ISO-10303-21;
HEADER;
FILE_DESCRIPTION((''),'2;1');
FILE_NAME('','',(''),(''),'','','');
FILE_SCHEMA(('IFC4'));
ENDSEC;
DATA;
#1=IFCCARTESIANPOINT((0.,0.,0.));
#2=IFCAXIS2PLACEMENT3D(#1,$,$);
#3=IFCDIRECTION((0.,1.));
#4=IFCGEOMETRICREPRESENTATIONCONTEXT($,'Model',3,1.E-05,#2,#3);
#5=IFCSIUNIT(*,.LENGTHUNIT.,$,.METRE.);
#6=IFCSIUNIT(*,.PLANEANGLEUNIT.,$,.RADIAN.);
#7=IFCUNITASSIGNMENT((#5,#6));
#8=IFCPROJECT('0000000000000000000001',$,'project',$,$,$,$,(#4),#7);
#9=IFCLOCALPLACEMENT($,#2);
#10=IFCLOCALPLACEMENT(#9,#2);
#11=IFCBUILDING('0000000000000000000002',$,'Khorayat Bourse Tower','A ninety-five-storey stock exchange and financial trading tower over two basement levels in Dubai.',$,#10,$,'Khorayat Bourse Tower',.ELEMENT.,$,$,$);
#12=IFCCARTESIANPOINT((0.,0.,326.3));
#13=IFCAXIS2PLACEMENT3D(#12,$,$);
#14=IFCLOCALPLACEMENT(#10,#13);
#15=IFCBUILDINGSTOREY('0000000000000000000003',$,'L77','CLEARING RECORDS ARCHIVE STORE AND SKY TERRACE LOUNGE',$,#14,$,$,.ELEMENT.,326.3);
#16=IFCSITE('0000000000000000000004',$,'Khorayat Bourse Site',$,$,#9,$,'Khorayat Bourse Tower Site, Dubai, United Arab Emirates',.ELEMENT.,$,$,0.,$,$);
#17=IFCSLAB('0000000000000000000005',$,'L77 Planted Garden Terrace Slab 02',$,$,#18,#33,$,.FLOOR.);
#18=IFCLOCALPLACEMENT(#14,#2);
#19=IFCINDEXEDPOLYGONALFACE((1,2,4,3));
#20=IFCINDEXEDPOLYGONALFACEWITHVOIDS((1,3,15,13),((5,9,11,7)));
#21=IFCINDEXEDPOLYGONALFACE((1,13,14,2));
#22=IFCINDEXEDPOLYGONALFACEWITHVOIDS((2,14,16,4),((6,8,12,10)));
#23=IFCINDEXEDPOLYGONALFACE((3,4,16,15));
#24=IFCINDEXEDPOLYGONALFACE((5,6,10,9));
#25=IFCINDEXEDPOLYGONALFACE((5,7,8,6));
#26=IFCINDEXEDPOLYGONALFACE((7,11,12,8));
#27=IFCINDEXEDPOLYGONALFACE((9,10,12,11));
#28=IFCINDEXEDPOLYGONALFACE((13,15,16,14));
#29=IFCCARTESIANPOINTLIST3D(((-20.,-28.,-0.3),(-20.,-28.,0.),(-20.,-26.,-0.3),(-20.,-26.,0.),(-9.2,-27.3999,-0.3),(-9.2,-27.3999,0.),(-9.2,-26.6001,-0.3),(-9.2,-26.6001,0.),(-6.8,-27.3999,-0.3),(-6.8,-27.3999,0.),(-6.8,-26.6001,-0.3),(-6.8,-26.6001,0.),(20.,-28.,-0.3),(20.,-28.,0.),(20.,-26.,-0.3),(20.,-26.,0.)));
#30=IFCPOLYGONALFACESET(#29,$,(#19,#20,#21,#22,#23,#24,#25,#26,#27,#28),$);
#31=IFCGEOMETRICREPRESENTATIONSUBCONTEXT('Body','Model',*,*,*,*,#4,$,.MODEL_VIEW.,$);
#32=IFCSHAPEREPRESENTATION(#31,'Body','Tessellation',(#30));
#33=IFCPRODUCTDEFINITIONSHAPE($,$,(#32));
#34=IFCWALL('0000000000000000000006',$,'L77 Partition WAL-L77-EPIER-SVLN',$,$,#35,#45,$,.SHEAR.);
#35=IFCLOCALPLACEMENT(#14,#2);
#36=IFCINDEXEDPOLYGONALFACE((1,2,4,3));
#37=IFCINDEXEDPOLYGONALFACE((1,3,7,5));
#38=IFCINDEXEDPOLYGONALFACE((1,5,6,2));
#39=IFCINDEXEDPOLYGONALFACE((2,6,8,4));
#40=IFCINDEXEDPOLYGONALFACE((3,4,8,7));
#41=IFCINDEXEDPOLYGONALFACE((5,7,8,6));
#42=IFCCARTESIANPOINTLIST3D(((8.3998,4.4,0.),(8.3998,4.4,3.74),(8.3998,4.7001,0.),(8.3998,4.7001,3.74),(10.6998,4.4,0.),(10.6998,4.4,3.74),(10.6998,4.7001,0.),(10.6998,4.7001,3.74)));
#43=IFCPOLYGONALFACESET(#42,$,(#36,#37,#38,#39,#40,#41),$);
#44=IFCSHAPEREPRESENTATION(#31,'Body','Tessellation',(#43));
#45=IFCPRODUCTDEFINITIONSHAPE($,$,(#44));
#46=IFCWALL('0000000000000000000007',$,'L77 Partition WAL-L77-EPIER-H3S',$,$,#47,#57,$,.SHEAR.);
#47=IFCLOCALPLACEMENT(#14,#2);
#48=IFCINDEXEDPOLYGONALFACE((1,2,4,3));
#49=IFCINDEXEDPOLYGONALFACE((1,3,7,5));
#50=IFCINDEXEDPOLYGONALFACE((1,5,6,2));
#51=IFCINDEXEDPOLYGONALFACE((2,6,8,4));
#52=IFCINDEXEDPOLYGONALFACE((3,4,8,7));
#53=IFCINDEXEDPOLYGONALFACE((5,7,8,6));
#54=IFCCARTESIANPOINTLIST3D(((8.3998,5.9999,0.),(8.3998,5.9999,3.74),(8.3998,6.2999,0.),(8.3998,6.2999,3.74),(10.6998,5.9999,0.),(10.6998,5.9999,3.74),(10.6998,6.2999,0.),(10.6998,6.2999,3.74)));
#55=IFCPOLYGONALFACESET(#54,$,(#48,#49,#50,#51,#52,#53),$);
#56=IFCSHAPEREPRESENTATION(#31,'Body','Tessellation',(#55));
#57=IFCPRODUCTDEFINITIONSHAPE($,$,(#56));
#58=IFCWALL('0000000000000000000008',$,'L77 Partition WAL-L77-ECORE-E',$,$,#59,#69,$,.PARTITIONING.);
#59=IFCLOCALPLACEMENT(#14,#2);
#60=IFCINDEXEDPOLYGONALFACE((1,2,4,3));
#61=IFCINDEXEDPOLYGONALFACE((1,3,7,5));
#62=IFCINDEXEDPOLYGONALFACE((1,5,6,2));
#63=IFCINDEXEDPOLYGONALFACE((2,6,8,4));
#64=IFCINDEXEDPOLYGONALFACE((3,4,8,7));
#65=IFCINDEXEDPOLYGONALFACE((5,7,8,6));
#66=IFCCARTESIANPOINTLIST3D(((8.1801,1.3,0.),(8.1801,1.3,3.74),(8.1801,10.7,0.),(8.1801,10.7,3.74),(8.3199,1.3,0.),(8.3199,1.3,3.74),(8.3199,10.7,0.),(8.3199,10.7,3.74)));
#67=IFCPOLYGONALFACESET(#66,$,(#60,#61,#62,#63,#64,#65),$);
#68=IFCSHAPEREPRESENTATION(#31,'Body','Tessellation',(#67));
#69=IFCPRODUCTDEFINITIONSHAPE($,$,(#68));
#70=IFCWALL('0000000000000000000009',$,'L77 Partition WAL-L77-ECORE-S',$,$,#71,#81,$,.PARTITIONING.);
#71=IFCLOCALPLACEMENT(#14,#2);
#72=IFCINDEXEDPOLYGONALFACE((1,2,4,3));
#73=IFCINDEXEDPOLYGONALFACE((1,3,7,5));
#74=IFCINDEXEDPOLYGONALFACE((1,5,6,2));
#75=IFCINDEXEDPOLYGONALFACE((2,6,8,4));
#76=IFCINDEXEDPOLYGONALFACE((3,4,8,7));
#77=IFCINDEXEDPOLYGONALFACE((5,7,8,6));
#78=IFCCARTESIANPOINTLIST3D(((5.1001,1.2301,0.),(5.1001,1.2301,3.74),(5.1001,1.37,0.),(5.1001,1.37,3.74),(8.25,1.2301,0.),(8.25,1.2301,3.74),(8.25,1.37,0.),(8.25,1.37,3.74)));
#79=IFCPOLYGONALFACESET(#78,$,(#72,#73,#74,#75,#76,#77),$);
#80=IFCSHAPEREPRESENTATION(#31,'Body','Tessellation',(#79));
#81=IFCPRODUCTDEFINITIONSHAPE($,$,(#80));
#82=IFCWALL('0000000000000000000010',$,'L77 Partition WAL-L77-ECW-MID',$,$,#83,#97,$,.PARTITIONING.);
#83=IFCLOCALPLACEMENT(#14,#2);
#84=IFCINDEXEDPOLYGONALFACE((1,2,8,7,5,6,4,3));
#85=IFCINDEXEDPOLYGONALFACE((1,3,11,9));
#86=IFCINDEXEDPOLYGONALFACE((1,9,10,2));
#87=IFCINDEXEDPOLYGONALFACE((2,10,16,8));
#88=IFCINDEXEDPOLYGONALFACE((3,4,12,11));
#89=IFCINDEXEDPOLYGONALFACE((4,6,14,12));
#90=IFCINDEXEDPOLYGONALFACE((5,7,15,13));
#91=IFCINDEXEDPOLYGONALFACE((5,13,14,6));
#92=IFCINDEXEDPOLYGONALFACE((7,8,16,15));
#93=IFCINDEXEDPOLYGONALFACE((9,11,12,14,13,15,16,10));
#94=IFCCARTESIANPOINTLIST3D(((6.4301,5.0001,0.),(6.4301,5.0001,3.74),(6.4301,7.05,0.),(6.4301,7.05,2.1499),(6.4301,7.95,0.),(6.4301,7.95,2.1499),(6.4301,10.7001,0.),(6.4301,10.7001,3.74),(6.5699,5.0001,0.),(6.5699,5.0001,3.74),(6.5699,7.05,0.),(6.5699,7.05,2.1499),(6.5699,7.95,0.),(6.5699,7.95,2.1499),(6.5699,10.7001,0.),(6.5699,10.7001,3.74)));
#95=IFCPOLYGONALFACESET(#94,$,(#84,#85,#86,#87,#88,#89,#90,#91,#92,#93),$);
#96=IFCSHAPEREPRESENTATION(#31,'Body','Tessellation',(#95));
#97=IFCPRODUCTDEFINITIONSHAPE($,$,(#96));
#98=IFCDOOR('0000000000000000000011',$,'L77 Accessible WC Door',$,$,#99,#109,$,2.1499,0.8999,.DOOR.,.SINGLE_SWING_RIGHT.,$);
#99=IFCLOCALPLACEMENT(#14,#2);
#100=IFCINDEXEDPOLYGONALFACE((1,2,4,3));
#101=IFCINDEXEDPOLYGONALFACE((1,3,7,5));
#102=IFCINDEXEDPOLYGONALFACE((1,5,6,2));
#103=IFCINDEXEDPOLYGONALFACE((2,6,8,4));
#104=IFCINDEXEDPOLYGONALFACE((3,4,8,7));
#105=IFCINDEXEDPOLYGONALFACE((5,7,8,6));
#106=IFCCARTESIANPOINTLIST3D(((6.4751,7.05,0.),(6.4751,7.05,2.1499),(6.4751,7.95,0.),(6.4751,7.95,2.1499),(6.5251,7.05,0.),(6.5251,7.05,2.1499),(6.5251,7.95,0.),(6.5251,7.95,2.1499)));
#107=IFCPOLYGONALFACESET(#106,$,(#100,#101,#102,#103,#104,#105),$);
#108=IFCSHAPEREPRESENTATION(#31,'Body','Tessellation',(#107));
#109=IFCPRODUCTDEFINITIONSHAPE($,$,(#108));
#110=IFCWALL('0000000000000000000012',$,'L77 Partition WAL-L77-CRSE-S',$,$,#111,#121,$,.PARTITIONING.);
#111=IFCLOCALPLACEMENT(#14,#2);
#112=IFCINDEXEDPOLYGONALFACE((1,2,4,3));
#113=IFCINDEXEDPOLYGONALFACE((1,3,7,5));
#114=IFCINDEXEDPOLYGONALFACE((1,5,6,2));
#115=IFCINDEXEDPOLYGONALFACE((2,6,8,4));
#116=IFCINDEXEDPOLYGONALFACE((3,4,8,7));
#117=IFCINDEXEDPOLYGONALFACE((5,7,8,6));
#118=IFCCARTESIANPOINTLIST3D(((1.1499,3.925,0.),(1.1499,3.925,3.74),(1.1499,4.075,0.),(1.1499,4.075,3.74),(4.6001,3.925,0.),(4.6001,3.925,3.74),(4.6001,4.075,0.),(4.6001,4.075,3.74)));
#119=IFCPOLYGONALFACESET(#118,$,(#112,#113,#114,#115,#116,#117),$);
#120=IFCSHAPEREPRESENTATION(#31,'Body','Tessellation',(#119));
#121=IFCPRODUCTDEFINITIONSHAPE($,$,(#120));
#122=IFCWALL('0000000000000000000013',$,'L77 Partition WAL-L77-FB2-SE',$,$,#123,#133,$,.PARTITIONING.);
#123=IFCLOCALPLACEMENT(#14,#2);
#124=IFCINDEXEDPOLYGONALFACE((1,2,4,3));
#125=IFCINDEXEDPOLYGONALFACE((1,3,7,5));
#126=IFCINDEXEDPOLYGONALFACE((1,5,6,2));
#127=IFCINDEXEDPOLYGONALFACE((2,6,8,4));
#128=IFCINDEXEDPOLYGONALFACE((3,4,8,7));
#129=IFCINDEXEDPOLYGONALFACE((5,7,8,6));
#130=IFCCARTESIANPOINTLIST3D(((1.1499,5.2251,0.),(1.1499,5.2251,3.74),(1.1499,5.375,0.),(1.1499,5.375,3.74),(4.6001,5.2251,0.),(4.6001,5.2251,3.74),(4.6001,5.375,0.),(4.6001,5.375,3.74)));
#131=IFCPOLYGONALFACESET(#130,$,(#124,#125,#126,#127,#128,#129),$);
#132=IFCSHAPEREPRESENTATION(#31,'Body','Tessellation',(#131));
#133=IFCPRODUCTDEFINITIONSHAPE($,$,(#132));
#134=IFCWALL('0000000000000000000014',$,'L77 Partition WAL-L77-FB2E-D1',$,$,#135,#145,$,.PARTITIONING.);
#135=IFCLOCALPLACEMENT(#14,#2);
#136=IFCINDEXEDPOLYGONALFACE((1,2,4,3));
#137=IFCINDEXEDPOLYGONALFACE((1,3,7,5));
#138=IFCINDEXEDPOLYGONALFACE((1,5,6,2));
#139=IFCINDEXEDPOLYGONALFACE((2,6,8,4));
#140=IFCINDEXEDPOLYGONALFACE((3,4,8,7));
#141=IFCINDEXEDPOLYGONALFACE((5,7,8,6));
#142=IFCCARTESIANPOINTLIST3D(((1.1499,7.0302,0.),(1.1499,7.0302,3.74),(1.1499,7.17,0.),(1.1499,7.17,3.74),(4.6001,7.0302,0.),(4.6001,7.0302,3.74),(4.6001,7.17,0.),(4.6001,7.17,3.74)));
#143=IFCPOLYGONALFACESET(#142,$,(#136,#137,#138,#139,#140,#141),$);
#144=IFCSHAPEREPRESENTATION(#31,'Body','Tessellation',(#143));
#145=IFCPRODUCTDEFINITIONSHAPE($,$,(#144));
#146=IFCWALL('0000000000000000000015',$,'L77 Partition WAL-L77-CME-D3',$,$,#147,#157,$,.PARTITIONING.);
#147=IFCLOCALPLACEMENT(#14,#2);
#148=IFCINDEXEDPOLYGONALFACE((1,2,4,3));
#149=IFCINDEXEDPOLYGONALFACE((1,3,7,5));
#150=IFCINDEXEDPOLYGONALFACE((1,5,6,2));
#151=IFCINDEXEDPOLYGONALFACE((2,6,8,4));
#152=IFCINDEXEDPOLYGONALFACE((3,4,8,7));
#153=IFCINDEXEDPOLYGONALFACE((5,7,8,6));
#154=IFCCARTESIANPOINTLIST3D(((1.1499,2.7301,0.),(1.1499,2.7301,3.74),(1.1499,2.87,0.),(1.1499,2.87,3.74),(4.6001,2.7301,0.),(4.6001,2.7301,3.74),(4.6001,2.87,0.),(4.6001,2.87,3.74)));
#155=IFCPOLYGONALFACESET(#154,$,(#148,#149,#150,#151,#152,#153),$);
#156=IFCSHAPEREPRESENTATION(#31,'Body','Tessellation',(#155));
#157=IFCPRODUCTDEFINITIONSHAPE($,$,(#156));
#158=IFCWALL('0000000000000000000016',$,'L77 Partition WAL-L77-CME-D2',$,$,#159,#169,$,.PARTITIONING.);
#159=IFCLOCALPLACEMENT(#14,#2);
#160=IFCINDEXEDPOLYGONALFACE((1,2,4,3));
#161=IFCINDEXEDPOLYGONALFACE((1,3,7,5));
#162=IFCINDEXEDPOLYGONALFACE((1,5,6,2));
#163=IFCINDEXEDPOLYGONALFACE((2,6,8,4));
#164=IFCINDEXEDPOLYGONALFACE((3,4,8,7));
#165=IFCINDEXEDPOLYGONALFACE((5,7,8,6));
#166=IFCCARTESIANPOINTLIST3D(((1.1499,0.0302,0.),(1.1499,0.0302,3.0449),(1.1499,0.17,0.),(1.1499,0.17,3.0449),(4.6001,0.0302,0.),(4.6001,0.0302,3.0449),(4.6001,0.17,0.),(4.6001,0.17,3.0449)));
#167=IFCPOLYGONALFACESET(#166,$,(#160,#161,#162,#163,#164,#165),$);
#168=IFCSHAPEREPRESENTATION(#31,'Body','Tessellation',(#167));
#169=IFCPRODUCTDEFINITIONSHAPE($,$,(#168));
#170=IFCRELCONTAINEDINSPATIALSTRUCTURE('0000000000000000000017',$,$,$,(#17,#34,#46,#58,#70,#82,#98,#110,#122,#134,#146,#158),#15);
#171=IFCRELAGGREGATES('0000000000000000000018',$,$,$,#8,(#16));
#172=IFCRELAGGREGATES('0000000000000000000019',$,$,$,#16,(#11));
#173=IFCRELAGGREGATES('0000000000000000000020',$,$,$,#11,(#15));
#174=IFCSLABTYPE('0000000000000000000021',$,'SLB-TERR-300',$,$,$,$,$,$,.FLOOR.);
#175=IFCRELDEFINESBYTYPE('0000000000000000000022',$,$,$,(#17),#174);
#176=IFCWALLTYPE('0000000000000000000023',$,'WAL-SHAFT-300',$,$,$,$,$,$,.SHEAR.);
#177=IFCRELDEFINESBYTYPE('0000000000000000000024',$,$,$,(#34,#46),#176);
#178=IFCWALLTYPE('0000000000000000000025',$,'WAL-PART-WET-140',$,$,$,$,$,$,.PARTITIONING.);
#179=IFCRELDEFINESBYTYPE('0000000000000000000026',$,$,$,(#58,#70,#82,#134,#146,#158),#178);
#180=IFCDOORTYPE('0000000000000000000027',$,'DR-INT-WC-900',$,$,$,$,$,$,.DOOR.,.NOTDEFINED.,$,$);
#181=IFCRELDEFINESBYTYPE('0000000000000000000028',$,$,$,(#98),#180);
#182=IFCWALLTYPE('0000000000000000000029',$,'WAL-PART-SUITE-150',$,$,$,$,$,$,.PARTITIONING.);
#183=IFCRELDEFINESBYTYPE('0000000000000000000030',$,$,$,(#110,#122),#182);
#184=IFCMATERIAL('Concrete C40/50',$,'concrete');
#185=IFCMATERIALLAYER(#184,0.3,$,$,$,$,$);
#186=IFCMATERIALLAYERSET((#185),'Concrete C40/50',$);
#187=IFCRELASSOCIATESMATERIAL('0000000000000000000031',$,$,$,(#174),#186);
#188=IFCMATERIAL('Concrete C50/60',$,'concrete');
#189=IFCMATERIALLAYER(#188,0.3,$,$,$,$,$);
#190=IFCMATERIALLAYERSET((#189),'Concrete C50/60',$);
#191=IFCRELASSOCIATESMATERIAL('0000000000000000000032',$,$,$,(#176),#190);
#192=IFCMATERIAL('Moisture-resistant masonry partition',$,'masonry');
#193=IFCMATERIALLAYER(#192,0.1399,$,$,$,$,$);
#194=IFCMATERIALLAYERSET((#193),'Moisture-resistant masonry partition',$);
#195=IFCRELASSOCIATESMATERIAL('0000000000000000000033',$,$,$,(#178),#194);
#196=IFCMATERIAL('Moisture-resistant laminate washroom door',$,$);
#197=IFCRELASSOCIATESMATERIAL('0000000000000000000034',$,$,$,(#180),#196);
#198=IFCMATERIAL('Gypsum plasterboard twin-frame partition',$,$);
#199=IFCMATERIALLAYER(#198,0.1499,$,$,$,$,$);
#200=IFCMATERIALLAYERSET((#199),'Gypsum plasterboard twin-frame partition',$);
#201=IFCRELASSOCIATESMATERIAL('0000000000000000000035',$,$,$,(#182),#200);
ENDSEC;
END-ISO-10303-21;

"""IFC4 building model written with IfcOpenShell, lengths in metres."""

from ifc_helpers import new_model, si_unit, direction, frame, frame_2d, origin, place, context, subcontext, project, spatial, polyline, rectangle, outline, extrude, source, transform, mapped, material, layer, layer_set, type_object, element, fill, save


model = new_model("IFC4")

# Units and contexts
model_context = context("Model", 3, precision=1e-05, world=origin(), true_north=direction((0.0, 1.0)))
body_context = subcontext(model_context, "Body", "Model", "MODEL_VIEW")
ifc_project = project(units=[si_unit("LENGTHUNIT", "METRE"), si_unit("PLANEANGLEUNIT", "RADIAN")], contexts=[model_context])

# Site, building, storey
site_placement = place(None, origin())
site = spatial("IfcSite", under=ifc_project, at=site_placement, Name="Khorayat Bourse Site", LongName="Khorayat Bourse Tower Site, Dubai, United Arab Emirates", CompositionType="ELEMENT", RefElevation=0.0)
building_placement = place(site_placement, origin())
building = spatial("IfcBuilding", under=site, at=building_placement, Name="Khorayat Bourse Tower", Description="A ninety-five-storey stock exchange and financial trading tower over two basement levels in Dubai.", LongName="Khorayat Bourse Tower", CompositionType="ELEMENT")
storey_placement = place(building_placement, frame((0.0, 0.0, 326.3)))
storey = spatial("IfcBuildingStorey", under=building, at=storey_placement, Name="L77", Description="CLEARING RECORDS ARCHIVE STORE AND SKY TERRACE LOUNGE", CompositionType="ELEMENT", Elevation=326.3)

# Shared definitions
ifc_material_1 = material(Name="Concrete C40/50", Category="concrete")

# Slab
ifc_layer_1 = layer(ifc_material_1, 0.3)
ifc_layer_set_1 = layer_set([ifc_layer_1], Name="Concrete C40/50")
slab_type_1 = type_object("IfcSlabType", Name="SLB-TERR-300", PredefinedType="FLOOR", material=ifc_layer_set_1)
slab_1_placement = place(storey_placement, frame((0.0, 0.0, -0.3)))
element("IfcSlab", 1, at=slab_1_placement, inside=storey, type_object=slab_type_1, Name="L77 Planted Garden Terrace Slab 02", PredefinedType="FLOOR", context=body_context, shape_type="SweptSolid", body=[
    extrude(outline(polyline([(-20.0, -28.0), (20.0, -28.0), (20.0, -26.0), (-20.0, -26.0), (-20.0, -28.0)]), holes=[polyline([(-9.2, -27.3999), (-6.8, -27.3999), (-6.8, -26.6001), (-9.2, -26.6001), (-9.2, -27.3999)])]), origin(), (0.0, 0.0, 1.0), 0.3),
])

# Walls
ifc_material_2 = material(Name="Concrete C50/60", Category="concrete")
ifc_layer_2 = layer(ifc_material_2, 0.3)
ifc_layer_set_2 = layer_set([ifc_layer_2], Name="Concrete C50/60")
wall_type_1 = type_object("IfcWallType", Name="WAL-SHAFT-300", PredefinedType="SHEAR", material=ifc_layer_set_2)
shared_shape_1 = source(origin(), body_context, "Body", "SweptSolid", [
    extrude(rectangle(XDim=2.3, YDim=0.3, at=frame_2d((1.1499, 0.0))), origin(), (0.0, 0.0, 1.0), 3.74),
])
for number, where, z_axis, x_axis, name in (
    (2, (8.3999, 4.55, 0.0), (0.0, 0.0, 1.0), (1.0, 0.0, 0.0), "L77 Partition WAL-L77-EPIER-SVLN"),
    (3, (8.3999, 6.1499, 0.0), (0.0, 0.0, 1.0), (1.0, 0.0, 0.0), "L77 Partition WAL-L77-EPIER-H3S"),
):
    element("IfcWall", number, at=place(storey_placement, frame(where, z_axis=z_axis, x_axis=x_axis)), inside=storey, type_object=wall_type_1, Name=name, PredefinedType="SHEAR", context=body_context, shape_type="MappedRepresentation", body=[
        mapped(shared_shape_1, transform((0.0, 0.0, 0.0), scale=1.0)),
    ])
ifc_material_3 = material(Name="Moisture-resistant masonry partition", Category="masonry")
ifc_layer_3 = layer(ifc_material_3, 0.1399)
ifc_layer_set_3 = layer_set([ifc_layer_3], Name="Moisture-resistant masonry partition")
wall_type_2 = type_object("IfcWallType", Name="WAL-PART-WET-140", PredefinedType="PARTITIONING", material=ifc_layer_set_3)
shared_shape_2 = source(origin(), body_context, "Body", "SweptSolid", [
    extrude(rectangle(XDim=9.3999, YDim=0.1399, at=frame_2d((4.7, 0.0))), origin(), (0.0, 0.0, 1.0), 3.74),
])
wall_1_placement = place(storey_placement, frame((8.25, 1.3, 0.0), z_axis=(0.0, 0.0, 1.0), x_axis=(0.0, 1.0, 0.0)))
element("IfcWall", 4, at=wall_1_placement, inside=storey, type_object=wall_type_2, Name="L77 Partition WAL-L77-ECORE-E", PredefinedType="PARTITIONING", context=body_context, shape_type="MappedRepresentation", body=[
    mapped(shared_shape_2, transform((0.0, 0.0, 0.0), scale=1.0)),
])
shared_shape_3 = source(origin(), body_context, "Body", "SweptSolid", [
    extrude(rectangle(XDim=3.1499, YDim=0.1399, at=frame_2d((1.575, 0.0))), origin(), (0.0, 0.0, 1.0), 3.74),
])
wall_2_placement = place(storey_placement, frame((5.1001, 1.3, 0.0), z_axis=(0.0, 0.0, 1.0), x_axis=(1.0, 0.0, 0.0)))
element("IfcWall", 5, at=wall_2_placement, inside=storey, type_object=wall_type_2, Name="L77 Partition WAL-L77-ECORE-S", PredefinedType="PARTITIONING", context=body_context, shape_type="MappedRepresentation", body=[
    mapped(shared_shape_3, transform((0.0, 0.0, 0.0), scale=1.0)),
])

# Wall, opening, door
shared_shape_4 = source(origin(), body_context, "Body", "SweptSolid", [
    extrude(rectangle(XDim=0.8999, YDim=2.1499, at=frame_2d((0.45, 1.075))), frame((0.0, 0.0798, 0.0), z_axis=(0.0, -1.0, 0.0), x_axis=(1.0, 0.0, 0.0)), (0.0, 0.0, 1.0), 0.1599),
])
ifc_material_4 = material(Name="Moisture-resistant laminate washroom door")
door_type = type_object("IfcDoorType", Name="DR-INT-WC-900", OperationType="NOTDEFINED", PredefinedType="DOOR", material=ifc_material_4)
shared_shape_5 = source(origin(), body_context, "Body", "SweptSolid", [
    extrude(rectangle(XDim=0.8999, YDim=2.1499, at=frame_2d((0.45, 1.075))), frame((0.0, 0.0249, 0.0), z_axis=(0.0, -1.0, 0.0), x_axis=(1.0, 0.0, 0.0)), (0.0, 0.0, 1.0), 0.05),
])
shared_shape_6 = source(origin(), body_context, "Body", "SweptSolid", [
    extrude(rectangle(XDim=5.7, YDim=0.1399, at=frame_2d((2.8501, 0.0))), origin(), (0.0, 0.0, 1.0), 3.74),
])
wall_3_placement = place(storey_placement, frame((6.5, 5.0, 0.0), z_axis=(0.0, 0.0, 1.0), x_axis=(0.0, 1.0, 0.0)))
wall_3 = element("IfcWall", 6, at=wall_3_placement, inside=storey, type_object=wall_type_2, Name="L77 Partition WAL-L77-ECW-MID", PredefinedType="PARTITIONING", context=body_context, shape_type="MappedRepresentation", body=[
    mapped(shared_shape_6, transform((0.0, 0.0, 0.0), scale=1.0)),
])
opening_1_placement = place(wall_3_placement, frame((2.05, 0.0, 0.0)))
opening_1 = element("IfcOpeningElement", 7, at=opening_1_placement, cuts=wall_3, PredefinedType="OPENING", context=body_context, shape_type="MappedRepresentation", body=[
    mapped(shared_shape_4, transform((0.0, 0.0, 0.0), scale=1.0)),
])
door_1_placement = place(opening_1_placement, origin())
door_1 = element("IfcDoor", 8, at=door_1_placement, inside=storey, type_object=door_type, Name="L77 Accessible WC Door", OperationType="SINGLE_SWING_RIGHT", OverallHeight=2.1499, OverallWidth=0.8999, PredefinedType="DOOR", context=body_context, shape_type="MappedRepresentation", body=[
    mapped(shared_shape_5, transform((0.0, 0.0, 0.0), scale=1.0)),
])
fill(opening_1, door_1)

# Walls
ifc_material_5 = material(Name="Gypsum plasterboard twin-frame partition")
ifc_layer_4 = layer(ifc_material_5, 0.1499)
ifc_layer_set_4 = layer_set([ifc_layer_4], Name="Gypsum plasterboard twin-frame partition")
wall_type_3 = type_object("IfcWallType", Name="WAL-PART-SUITE-150", PredefinedType="PARTITIONING", material=ifc_layer_set_4)
shared_shape_7 = source(origin(), body_context, "Body", "SweptSolid", [
    extrude(rectangle(XDim=3.4502, YDim=0.1499, at=frame_2d((1.7251, 0.0))), origin(), (0.0, 0.0, 1.0), 3.74),
])
for number, where, z_axis, x_axis, name in (
    (9, (1.1499, 4.0, 0.0), (0.0, 0.0, 1.0), (1.0, 0.0, 0.0), "L77 Partition WAL-L77-CRSE-S"),
    (10, (1.1499, 5.3, 0.0), (0.0, 0.0, 1.0), (1.0, 0.0, 0.0), "L77 Partition WAL-L77-FB2-SE"),
):
    element("IfcWall", number, at=place(storey_placement, frame(where, z_axis=z_axis, x_axis=x_axis)), inside=storey, type_object=wall_type_3, Name=name, PredefinedType="PARTITIONING", context=body_context, shape_type="MappedRepresentation", body=[
        mapped(shared_shape_7, transform((0.0, 0.0, 0.0), scale=1.0)),
    ])
shared_shape_8 = source(origin(), body_context, "Body", "SweptSolid", [
    extrude(rectangle(XDim=3.4502, YDim=0.1399, at=frame_2d((1.7251, 0.0))), origin(), (0.0, 0.0, 1.0), 3.74),
])
for number, where, z_axis, x_axis, name in (
    (11, (1.1499, 7.1001, 0.0), (0.0, 0.0, 1.0), (1.0, 0.0, 0.0), "L77 Partition WAL-L77-FB2E-D1"),
    (12, (1.1499, 2.8, 0.0), (0.0, 0.0, 1.0), (1.0, 0.0, 0.0), "L77 Partition WAL-L77-CME-D3"),
):
    element("IfcWall", number, at=place(storey_placement, frame(where, z_axis=z_axis, x_axis=x_axis)), inside=storey, type_object=wall_type_2, Name=name, PredefinedType="PARTITIONING", context=body_context, shape_type="MappedRepresentation", body=[
        mapped(shared_shape_8, transform((0.0, 0.0, 0.0), scale=1.0)),
    ])

# Wall
shared_shape_9 = source(origin(), body_context, "Body", "SweptSolid", [
    extrude(rectangle(XDim=3.4502, YDim=0.1399, at=frame_2d((1.7251, 0.0))), origin(), (0.0, 0.0, 1.0), 3.0449),
])
wall_4_placement = place(storey_placement, frame((1.1499, 0.1001, 0.0), z_axis=(0.0, 0.0, 1.0), x_axis=(1.0, 0.0, 0.0)))
element("IfcWall", 13, at=wall_4_placement, inside=storey, type_object=wall_type_2, Name="L77 Partition WAL-L77-CME-D2", PredefinedType="PARTITIONING", context=body_context, shape_type="MappedRepresentation", body=[
    mapped(shared_shape_9, transform((0.0, 0.0, 0.0), scale=1.0)),
])

save(model, "model.ifc")
